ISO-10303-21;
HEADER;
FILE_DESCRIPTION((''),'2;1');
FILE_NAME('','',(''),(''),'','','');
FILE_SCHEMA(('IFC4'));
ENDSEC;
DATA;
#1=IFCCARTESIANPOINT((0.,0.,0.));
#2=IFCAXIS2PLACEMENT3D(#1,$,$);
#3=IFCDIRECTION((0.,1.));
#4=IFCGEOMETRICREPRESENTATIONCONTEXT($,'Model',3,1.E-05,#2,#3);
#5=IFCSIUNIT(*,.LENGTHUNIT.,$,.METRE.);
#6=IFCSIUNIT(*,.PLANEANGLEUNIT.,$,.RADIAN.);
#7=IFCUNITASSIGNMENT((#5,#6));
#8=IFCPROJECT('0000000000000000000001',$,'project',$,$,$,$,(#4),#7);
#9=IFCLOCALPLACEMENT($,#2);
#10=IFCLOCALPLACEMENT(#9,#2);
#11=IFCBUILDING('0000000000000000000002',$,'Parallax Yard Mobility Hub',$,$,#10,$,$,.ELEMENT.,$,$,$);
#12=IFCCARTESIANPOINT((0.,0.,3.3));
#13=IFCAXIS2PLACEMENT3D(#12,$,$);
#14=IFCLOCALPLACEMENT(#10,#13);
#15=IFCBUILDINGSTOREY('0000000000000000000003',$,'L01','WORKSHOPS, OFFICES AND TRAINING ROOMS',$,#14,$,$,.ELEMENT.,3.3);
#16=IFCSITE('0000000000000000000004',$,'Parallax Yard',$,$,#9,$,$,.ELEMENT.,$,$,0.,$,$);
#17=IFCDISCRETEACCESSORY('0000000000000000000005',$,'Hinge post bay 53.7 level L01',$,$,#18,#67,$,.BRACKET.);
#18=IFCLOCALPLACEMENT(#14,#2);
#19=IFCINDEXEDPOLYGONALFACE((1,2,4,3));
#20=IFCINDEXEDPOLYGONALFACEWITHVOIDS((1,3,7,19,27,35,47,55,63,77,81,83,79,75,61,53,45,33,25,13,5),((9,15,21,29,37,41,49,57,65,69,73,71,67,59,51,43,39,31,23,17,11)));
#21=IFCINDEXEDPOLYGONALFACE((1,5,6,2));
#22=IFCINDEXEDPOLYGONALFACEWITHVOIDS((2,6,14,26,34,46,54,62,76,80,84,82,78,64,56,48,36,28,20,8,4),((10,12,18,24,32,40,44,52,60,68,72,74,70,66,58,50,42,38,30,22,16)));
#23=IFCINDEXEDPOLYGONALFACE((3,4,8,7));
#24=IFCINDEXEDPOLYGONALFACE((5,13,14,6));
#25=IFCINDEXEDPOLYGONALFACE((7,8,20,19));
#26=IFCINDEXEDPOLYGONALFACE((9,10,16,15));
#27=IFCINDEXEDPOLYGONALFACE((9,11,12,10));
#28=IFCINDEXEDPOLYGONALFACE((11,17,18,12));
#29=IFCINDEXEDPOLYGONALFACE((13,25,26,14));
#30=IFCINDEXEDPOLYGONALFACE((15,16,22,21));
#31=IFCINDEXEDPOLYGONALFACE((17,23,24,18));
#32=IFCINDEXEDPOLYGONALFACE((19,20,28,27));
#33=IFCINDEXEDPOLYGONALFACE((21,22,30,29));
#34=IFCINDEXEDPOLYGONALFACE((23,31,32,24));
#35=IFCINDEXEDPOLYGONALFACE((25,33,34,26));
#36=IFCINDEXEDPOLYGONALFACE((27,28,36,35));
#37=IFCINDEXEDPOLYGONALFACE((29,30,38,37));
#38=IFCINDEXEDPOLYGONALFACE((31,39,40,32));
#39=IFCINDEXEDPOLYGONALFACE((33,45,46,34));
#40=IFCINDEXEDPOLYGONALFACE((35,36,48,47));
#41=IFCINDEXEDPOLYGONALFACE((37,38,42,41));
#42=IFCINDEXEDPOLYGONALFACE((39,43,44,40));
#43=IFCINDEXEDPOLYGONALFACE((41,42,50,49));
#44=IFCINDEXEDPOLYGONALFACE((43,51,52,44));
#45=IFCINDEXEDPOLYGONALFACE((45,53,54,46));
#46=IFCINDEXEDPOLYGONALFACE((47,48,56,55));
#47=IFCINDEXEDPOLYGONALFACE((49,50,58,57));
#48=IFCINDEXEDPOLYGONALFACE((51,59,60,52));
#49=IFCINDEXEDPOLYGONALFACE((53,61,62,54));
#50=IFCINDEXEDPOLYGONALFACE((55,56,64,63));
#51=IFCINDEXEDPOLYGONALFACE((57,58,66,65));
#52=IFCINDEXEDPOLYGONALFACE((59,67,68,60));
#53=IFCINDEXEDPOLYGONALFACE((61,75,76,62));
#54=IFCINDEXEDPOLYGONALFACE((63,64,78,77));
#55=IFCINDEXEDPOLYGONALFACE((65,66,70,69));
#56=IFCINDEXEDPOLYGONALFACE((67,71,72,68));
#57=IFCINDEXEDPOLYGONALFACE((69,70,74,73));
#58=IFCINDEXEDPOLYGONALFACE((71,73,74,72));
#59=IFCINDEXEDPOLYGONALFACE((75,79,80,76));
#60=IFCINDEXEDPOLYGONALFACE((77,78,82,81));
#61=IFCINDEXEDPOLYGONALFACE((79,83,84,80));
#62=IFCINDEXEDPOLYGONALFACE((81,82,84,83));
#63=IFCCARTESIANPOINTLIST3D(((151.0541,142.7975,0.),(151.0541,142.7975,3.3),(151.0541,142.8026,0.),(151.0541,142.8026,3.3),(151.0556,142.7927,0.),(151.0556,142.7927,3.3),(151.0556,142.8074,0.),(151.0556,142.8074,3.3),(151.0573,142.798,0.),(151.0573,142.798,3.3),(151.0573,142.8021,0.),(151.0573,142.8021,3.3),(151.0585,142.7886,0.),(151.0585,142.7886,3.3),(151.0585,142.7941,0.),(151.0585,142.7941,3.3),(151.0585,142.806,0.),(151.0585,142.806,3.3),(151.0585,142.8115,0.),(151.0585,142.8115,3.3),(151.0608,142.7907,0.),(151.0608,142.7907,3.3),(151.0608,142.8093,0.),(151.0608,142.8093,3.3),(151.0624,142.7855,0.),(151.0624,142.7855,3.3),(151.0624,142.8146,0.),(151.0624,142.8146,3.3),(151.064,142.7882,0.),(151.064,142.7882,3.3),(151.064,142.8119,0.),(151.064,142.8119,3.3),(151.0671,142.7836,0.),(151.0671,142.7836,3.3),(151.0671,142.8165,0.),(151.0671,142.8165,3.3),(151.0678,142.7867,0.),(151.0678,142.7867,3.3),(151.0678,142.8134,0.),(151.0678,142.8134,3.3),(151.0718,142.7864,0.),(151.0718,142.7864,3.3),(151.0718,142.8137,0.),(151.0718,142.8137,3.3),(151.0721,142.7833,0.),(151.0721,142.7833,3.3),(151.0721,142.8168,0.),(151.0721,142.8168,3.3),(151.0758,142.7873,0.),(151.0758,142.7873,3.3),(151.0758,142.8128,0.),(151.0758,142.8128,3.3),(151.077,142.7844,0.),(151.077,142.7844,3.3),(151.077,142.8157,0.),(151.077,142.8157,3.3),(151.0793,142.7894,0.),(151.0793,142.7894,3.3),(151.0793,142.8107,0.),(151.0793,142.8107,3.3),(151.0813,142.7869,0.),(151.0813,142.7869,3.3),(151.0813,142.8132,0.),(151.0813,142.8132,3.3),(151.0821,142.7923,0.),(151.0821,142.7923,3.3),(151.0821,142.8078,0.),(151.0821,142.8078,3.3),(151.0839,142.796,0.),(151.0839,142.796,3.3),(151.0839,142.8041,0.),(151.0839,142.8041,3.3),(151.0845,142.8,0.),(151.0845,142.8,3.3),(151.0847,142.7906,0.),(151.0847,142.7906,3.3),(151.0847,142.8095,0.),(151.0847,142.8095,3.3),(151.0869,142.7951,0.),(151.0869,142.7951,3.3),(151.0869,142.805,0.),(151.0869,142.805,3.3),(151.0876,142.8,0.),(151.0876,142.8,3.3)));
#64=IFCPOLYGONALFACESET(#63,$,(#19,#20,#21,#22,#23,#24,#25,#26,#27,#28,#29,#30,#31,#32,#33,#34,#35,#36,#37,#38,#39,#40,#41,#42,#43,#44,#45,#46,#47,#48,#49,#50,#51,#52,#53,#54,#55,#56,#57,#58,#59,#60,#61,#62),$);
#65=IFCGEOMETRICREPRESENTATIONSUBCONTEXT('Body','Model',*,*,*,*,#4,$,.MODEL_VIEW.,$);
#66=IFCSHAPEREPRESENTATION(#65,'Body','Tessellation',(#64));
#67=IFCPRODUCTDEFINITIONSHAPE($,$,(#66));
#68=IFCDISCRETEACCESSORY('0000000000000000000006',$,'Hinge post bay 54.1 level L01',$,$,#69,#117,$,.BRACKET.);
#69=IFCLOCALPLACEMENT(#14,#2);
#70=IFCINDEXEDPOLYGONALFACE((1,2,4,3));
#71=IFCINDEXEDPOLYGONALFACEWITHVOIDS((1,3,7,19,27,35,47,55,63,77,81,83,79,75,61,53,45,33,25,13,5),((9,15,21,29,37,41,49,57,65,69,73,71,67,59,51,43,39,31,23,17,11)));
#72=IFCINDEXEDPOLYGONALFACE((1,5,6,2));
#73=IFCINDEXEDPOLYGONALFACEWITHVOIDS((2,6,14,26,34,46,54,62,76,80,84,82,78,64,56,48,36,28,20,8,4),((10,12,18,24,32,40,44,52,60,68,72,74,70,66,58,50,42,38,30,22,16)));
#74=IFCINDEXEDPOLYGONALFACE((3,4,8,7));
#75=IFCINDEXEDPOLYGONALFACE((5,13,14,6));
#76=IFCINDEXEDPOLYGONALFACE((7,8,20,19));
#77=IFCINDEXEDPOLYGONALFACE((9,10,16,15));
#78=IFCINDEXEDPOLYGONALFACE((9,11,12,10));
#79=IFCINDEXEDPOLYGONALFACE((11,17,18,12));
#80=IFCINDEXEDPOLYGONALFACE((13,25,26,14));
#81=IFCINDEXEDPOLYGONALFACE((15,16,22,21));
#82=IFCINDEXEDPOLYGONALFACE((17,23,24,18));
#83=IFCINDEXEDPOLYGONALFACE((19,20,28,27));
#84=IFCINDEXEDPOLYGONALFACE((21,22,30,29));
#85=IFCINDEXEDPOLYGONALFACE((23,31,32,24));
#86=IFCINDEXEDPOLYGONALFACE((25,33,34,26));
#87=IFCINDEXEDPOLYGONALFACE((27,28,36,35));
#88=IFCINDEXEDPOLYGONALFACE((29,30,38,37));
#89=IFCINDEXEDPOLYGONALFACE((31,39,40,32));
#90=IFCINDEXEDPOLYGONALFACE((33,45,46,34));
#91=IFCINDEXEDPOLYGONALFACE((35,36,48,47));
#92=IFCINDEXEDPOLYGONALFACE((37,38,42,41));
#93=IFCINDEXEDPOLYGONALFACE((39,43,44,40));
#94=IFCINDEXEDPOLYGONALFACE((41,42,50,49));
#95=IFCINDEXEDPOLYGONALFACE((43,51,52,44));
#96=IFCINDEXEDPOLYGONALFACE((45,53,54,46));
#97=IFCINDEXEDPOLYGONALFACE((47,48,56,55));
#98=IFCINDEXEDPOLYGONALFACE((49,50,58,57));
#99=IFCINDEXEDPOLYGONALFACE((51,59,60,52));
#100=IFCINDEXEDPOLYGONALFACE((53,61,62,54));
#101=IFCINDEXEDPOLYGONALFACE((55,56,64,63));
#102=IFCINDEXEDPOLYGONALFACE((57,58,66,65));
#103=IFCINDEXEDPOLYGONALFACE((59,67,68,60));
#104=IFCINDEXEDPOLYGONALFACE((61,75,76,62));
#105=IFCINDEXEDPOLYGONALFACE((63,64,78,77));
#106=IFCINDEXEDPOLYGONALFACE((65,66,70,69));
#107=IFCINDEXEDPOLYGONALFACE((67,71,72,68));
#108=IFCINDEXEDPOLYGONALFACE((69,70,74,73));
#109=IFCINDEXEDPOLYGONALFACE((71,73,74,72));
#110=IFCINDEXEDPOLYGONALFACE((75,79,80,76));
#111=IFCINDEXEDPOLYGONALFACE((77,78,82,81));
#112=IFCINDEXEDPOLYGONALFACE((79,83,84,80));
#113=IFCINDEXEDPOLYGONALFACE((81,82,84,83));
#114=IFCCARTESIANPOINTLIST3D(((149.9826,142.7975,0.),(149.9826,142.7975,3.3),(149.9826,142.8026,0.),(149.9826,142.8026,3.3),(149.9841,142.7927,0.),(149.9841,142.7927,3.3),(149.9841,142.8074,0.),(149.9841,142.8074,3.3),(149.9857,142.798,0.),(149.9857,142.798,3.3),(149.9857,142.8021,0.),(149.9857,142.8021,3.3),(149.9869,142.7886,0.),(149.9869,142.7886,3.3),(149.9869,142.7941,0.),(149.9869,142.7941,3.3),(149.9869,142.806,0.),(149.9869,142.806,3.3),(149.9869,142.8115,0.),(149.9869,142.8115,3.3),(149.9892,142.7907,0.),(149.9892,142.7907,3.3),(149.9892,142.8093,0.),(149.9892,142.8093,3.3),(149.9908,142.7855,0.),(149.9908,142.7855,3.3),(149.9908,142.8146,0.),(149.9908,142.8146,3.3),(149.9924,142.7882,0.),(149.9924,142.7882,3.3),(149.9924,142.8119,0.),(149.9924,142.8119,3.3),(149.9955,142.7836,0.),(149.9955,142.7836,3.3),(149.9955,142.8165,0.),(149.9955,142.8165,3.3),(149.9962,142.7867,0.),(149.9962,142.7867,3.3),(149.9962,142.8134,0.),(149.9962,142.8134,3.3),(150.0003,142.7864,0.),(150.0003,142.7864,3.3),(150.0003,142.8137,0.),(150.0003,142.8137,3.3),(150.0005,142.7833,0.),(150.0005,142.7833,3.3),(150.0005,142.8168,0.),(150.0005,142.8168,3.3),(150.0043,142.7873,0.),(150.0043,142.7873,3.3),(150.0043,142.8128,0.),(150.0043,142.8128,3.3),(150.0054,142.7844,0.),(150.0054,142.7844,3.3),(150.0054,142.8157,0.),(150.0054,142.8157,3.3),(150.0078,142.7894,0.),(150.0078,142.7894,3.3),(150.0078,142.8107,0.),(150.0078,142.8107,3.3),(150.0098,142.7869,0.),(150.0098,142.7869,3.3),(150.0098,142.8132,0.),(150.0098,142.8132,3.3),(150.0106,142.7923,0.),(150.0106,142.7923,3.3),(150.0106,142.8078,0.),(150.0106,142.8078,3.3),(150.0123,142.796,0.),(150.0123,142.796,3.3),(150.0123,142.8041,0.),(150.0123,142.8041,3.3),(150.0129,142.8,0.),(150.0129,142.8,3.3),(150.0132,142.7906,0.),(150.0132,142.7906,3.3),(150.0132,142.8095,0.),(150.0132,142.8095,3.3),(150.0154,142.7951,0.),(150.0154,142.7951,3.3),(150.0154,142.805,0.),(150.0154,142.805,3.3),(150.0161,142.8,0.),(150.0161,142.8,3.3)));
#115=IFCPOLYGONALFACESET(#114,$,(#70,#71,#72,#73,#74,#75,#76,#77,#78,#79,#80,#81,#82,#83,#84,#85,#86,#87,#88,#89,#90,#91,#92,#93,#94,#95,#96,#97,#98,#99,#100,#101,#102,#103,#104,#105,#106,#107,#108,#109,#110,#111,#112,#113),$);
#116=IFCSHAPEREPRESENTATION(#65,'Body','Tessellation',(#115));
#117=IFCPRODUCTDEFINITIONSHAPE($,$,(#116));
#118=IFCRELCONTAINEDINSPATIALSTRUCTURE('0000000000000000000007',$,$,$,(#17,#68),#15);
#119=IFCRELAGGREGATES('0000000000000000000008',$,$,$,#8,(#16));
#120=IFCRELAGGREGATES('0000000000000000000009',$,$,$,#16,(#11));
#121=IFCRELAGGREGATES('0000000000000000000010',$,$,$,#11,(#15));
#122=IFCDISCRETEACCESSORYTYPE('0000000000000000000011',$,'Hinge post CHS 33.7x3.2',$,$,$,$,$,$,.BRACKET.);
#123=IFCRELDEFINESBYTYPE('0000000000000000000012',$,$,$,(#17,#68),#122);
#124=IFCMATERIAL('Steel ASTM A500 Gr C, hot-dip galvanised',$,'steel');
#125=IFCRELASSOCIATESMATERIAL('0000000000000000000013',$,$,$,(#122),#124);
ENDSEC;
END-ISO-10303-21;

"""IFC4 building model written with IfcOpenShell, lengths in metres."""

from ifc_helpers import new_model, si_unit, direction, frame, origin, origin_2d, place, context, subcontext, project, spatial, hollow_circle, extrude, material, material_profile, profile_set, type_object, element, save


model = new_model("IFC4")

# Units and contexts
model_context = context("Model", 3, precision=1e-05, world=origin(), true_north=direction((0.0, 1.0)))
body_context = subcontext(model_context, "Body", "Model", "MODEL_VIEW")
ifc_project = project(units=[si_unit("LENGTHUNIT", "METRE"), si_unit("PLANEANGLEUNIT", "RADIAN")], contexts=[model_context])

# Site, building, storey
site_placement = place(None, origin())
site = spatial("IfcSite", under=ifc_project, at=site_placement, Name="Parallax Yard", CompositionType="ELEMENT", RefElevation=0.0)
building_placement = place(site_placement, origin())
building = spatial("IfcBuilding", under=site, at=building_placement, Name="Parallax Yard Mobility Hub", CompositionType="ELEMENT")
storey_placement = place(building_placement, frame((0.0, 0.0, 3.3)))
storey = spatial("IfcBuildingStorey", under=building, at=storey_placement, Name="L01", Description="WORKSHOPS, OFFICES AND TRAINING ROOMS", CompositionType="ELEMENT", Elevation=3.3)

# Discrete accessories
ifc_material_1 = material(Name="Steel ASTM A500 Gr C, hot-dip galvanised", Category="steel")
ifc_material_profile_1 = material_profile(ifc_material_1, hollow_circle(Radius=0.0168, WallThickness=0.0032, at=origin_2d()), Name="CHS 33.7x3.2")
ifc_profile_set_1 = profile_set([ifc_material_profile_1], Name="Steel ASTM A500 Gr C, hot-dip galvanised")
discrete_accessory_type_1 = type_object("IfcDiscreteAccessoryType", Name="Hinge post CHS 33.7x3.2", PredefinedType="BRACKET", material=ifc_profile_set_1)
for number, where, z_axis, x_axis, name in (
    (1, (151.0708, 142.8, 0.0), (0.0, 0.0, 1.0), (1.0, 0.0, 0.0), "Hinge post bay 53.7 level L01"),
    (2, (149.9993, 142.8, 0.0), (0.0, 0.0, 1.0), (1.0, 0.0, 0.0), "Hinge post bay 54.1 level L01"),
):
    element("IfcDiscreteAccessory", number, at=place(storey_placement, frame(where, z_axis=z_axis, x_axis=x_axis)), inside=storey, type_object=discrete_accessory_type_1, Name=name, PredefinedType="BRACKET", context=body_context, shape_type="SweptSolid", body=[
        extrude(hollow_circle(Radius=0.0168, WallThickness=0.0032, at=origin_2d()), origin(), (0.0, 0.0, 1.0), 3.3),
    ])

save(model, "model.ifc")
